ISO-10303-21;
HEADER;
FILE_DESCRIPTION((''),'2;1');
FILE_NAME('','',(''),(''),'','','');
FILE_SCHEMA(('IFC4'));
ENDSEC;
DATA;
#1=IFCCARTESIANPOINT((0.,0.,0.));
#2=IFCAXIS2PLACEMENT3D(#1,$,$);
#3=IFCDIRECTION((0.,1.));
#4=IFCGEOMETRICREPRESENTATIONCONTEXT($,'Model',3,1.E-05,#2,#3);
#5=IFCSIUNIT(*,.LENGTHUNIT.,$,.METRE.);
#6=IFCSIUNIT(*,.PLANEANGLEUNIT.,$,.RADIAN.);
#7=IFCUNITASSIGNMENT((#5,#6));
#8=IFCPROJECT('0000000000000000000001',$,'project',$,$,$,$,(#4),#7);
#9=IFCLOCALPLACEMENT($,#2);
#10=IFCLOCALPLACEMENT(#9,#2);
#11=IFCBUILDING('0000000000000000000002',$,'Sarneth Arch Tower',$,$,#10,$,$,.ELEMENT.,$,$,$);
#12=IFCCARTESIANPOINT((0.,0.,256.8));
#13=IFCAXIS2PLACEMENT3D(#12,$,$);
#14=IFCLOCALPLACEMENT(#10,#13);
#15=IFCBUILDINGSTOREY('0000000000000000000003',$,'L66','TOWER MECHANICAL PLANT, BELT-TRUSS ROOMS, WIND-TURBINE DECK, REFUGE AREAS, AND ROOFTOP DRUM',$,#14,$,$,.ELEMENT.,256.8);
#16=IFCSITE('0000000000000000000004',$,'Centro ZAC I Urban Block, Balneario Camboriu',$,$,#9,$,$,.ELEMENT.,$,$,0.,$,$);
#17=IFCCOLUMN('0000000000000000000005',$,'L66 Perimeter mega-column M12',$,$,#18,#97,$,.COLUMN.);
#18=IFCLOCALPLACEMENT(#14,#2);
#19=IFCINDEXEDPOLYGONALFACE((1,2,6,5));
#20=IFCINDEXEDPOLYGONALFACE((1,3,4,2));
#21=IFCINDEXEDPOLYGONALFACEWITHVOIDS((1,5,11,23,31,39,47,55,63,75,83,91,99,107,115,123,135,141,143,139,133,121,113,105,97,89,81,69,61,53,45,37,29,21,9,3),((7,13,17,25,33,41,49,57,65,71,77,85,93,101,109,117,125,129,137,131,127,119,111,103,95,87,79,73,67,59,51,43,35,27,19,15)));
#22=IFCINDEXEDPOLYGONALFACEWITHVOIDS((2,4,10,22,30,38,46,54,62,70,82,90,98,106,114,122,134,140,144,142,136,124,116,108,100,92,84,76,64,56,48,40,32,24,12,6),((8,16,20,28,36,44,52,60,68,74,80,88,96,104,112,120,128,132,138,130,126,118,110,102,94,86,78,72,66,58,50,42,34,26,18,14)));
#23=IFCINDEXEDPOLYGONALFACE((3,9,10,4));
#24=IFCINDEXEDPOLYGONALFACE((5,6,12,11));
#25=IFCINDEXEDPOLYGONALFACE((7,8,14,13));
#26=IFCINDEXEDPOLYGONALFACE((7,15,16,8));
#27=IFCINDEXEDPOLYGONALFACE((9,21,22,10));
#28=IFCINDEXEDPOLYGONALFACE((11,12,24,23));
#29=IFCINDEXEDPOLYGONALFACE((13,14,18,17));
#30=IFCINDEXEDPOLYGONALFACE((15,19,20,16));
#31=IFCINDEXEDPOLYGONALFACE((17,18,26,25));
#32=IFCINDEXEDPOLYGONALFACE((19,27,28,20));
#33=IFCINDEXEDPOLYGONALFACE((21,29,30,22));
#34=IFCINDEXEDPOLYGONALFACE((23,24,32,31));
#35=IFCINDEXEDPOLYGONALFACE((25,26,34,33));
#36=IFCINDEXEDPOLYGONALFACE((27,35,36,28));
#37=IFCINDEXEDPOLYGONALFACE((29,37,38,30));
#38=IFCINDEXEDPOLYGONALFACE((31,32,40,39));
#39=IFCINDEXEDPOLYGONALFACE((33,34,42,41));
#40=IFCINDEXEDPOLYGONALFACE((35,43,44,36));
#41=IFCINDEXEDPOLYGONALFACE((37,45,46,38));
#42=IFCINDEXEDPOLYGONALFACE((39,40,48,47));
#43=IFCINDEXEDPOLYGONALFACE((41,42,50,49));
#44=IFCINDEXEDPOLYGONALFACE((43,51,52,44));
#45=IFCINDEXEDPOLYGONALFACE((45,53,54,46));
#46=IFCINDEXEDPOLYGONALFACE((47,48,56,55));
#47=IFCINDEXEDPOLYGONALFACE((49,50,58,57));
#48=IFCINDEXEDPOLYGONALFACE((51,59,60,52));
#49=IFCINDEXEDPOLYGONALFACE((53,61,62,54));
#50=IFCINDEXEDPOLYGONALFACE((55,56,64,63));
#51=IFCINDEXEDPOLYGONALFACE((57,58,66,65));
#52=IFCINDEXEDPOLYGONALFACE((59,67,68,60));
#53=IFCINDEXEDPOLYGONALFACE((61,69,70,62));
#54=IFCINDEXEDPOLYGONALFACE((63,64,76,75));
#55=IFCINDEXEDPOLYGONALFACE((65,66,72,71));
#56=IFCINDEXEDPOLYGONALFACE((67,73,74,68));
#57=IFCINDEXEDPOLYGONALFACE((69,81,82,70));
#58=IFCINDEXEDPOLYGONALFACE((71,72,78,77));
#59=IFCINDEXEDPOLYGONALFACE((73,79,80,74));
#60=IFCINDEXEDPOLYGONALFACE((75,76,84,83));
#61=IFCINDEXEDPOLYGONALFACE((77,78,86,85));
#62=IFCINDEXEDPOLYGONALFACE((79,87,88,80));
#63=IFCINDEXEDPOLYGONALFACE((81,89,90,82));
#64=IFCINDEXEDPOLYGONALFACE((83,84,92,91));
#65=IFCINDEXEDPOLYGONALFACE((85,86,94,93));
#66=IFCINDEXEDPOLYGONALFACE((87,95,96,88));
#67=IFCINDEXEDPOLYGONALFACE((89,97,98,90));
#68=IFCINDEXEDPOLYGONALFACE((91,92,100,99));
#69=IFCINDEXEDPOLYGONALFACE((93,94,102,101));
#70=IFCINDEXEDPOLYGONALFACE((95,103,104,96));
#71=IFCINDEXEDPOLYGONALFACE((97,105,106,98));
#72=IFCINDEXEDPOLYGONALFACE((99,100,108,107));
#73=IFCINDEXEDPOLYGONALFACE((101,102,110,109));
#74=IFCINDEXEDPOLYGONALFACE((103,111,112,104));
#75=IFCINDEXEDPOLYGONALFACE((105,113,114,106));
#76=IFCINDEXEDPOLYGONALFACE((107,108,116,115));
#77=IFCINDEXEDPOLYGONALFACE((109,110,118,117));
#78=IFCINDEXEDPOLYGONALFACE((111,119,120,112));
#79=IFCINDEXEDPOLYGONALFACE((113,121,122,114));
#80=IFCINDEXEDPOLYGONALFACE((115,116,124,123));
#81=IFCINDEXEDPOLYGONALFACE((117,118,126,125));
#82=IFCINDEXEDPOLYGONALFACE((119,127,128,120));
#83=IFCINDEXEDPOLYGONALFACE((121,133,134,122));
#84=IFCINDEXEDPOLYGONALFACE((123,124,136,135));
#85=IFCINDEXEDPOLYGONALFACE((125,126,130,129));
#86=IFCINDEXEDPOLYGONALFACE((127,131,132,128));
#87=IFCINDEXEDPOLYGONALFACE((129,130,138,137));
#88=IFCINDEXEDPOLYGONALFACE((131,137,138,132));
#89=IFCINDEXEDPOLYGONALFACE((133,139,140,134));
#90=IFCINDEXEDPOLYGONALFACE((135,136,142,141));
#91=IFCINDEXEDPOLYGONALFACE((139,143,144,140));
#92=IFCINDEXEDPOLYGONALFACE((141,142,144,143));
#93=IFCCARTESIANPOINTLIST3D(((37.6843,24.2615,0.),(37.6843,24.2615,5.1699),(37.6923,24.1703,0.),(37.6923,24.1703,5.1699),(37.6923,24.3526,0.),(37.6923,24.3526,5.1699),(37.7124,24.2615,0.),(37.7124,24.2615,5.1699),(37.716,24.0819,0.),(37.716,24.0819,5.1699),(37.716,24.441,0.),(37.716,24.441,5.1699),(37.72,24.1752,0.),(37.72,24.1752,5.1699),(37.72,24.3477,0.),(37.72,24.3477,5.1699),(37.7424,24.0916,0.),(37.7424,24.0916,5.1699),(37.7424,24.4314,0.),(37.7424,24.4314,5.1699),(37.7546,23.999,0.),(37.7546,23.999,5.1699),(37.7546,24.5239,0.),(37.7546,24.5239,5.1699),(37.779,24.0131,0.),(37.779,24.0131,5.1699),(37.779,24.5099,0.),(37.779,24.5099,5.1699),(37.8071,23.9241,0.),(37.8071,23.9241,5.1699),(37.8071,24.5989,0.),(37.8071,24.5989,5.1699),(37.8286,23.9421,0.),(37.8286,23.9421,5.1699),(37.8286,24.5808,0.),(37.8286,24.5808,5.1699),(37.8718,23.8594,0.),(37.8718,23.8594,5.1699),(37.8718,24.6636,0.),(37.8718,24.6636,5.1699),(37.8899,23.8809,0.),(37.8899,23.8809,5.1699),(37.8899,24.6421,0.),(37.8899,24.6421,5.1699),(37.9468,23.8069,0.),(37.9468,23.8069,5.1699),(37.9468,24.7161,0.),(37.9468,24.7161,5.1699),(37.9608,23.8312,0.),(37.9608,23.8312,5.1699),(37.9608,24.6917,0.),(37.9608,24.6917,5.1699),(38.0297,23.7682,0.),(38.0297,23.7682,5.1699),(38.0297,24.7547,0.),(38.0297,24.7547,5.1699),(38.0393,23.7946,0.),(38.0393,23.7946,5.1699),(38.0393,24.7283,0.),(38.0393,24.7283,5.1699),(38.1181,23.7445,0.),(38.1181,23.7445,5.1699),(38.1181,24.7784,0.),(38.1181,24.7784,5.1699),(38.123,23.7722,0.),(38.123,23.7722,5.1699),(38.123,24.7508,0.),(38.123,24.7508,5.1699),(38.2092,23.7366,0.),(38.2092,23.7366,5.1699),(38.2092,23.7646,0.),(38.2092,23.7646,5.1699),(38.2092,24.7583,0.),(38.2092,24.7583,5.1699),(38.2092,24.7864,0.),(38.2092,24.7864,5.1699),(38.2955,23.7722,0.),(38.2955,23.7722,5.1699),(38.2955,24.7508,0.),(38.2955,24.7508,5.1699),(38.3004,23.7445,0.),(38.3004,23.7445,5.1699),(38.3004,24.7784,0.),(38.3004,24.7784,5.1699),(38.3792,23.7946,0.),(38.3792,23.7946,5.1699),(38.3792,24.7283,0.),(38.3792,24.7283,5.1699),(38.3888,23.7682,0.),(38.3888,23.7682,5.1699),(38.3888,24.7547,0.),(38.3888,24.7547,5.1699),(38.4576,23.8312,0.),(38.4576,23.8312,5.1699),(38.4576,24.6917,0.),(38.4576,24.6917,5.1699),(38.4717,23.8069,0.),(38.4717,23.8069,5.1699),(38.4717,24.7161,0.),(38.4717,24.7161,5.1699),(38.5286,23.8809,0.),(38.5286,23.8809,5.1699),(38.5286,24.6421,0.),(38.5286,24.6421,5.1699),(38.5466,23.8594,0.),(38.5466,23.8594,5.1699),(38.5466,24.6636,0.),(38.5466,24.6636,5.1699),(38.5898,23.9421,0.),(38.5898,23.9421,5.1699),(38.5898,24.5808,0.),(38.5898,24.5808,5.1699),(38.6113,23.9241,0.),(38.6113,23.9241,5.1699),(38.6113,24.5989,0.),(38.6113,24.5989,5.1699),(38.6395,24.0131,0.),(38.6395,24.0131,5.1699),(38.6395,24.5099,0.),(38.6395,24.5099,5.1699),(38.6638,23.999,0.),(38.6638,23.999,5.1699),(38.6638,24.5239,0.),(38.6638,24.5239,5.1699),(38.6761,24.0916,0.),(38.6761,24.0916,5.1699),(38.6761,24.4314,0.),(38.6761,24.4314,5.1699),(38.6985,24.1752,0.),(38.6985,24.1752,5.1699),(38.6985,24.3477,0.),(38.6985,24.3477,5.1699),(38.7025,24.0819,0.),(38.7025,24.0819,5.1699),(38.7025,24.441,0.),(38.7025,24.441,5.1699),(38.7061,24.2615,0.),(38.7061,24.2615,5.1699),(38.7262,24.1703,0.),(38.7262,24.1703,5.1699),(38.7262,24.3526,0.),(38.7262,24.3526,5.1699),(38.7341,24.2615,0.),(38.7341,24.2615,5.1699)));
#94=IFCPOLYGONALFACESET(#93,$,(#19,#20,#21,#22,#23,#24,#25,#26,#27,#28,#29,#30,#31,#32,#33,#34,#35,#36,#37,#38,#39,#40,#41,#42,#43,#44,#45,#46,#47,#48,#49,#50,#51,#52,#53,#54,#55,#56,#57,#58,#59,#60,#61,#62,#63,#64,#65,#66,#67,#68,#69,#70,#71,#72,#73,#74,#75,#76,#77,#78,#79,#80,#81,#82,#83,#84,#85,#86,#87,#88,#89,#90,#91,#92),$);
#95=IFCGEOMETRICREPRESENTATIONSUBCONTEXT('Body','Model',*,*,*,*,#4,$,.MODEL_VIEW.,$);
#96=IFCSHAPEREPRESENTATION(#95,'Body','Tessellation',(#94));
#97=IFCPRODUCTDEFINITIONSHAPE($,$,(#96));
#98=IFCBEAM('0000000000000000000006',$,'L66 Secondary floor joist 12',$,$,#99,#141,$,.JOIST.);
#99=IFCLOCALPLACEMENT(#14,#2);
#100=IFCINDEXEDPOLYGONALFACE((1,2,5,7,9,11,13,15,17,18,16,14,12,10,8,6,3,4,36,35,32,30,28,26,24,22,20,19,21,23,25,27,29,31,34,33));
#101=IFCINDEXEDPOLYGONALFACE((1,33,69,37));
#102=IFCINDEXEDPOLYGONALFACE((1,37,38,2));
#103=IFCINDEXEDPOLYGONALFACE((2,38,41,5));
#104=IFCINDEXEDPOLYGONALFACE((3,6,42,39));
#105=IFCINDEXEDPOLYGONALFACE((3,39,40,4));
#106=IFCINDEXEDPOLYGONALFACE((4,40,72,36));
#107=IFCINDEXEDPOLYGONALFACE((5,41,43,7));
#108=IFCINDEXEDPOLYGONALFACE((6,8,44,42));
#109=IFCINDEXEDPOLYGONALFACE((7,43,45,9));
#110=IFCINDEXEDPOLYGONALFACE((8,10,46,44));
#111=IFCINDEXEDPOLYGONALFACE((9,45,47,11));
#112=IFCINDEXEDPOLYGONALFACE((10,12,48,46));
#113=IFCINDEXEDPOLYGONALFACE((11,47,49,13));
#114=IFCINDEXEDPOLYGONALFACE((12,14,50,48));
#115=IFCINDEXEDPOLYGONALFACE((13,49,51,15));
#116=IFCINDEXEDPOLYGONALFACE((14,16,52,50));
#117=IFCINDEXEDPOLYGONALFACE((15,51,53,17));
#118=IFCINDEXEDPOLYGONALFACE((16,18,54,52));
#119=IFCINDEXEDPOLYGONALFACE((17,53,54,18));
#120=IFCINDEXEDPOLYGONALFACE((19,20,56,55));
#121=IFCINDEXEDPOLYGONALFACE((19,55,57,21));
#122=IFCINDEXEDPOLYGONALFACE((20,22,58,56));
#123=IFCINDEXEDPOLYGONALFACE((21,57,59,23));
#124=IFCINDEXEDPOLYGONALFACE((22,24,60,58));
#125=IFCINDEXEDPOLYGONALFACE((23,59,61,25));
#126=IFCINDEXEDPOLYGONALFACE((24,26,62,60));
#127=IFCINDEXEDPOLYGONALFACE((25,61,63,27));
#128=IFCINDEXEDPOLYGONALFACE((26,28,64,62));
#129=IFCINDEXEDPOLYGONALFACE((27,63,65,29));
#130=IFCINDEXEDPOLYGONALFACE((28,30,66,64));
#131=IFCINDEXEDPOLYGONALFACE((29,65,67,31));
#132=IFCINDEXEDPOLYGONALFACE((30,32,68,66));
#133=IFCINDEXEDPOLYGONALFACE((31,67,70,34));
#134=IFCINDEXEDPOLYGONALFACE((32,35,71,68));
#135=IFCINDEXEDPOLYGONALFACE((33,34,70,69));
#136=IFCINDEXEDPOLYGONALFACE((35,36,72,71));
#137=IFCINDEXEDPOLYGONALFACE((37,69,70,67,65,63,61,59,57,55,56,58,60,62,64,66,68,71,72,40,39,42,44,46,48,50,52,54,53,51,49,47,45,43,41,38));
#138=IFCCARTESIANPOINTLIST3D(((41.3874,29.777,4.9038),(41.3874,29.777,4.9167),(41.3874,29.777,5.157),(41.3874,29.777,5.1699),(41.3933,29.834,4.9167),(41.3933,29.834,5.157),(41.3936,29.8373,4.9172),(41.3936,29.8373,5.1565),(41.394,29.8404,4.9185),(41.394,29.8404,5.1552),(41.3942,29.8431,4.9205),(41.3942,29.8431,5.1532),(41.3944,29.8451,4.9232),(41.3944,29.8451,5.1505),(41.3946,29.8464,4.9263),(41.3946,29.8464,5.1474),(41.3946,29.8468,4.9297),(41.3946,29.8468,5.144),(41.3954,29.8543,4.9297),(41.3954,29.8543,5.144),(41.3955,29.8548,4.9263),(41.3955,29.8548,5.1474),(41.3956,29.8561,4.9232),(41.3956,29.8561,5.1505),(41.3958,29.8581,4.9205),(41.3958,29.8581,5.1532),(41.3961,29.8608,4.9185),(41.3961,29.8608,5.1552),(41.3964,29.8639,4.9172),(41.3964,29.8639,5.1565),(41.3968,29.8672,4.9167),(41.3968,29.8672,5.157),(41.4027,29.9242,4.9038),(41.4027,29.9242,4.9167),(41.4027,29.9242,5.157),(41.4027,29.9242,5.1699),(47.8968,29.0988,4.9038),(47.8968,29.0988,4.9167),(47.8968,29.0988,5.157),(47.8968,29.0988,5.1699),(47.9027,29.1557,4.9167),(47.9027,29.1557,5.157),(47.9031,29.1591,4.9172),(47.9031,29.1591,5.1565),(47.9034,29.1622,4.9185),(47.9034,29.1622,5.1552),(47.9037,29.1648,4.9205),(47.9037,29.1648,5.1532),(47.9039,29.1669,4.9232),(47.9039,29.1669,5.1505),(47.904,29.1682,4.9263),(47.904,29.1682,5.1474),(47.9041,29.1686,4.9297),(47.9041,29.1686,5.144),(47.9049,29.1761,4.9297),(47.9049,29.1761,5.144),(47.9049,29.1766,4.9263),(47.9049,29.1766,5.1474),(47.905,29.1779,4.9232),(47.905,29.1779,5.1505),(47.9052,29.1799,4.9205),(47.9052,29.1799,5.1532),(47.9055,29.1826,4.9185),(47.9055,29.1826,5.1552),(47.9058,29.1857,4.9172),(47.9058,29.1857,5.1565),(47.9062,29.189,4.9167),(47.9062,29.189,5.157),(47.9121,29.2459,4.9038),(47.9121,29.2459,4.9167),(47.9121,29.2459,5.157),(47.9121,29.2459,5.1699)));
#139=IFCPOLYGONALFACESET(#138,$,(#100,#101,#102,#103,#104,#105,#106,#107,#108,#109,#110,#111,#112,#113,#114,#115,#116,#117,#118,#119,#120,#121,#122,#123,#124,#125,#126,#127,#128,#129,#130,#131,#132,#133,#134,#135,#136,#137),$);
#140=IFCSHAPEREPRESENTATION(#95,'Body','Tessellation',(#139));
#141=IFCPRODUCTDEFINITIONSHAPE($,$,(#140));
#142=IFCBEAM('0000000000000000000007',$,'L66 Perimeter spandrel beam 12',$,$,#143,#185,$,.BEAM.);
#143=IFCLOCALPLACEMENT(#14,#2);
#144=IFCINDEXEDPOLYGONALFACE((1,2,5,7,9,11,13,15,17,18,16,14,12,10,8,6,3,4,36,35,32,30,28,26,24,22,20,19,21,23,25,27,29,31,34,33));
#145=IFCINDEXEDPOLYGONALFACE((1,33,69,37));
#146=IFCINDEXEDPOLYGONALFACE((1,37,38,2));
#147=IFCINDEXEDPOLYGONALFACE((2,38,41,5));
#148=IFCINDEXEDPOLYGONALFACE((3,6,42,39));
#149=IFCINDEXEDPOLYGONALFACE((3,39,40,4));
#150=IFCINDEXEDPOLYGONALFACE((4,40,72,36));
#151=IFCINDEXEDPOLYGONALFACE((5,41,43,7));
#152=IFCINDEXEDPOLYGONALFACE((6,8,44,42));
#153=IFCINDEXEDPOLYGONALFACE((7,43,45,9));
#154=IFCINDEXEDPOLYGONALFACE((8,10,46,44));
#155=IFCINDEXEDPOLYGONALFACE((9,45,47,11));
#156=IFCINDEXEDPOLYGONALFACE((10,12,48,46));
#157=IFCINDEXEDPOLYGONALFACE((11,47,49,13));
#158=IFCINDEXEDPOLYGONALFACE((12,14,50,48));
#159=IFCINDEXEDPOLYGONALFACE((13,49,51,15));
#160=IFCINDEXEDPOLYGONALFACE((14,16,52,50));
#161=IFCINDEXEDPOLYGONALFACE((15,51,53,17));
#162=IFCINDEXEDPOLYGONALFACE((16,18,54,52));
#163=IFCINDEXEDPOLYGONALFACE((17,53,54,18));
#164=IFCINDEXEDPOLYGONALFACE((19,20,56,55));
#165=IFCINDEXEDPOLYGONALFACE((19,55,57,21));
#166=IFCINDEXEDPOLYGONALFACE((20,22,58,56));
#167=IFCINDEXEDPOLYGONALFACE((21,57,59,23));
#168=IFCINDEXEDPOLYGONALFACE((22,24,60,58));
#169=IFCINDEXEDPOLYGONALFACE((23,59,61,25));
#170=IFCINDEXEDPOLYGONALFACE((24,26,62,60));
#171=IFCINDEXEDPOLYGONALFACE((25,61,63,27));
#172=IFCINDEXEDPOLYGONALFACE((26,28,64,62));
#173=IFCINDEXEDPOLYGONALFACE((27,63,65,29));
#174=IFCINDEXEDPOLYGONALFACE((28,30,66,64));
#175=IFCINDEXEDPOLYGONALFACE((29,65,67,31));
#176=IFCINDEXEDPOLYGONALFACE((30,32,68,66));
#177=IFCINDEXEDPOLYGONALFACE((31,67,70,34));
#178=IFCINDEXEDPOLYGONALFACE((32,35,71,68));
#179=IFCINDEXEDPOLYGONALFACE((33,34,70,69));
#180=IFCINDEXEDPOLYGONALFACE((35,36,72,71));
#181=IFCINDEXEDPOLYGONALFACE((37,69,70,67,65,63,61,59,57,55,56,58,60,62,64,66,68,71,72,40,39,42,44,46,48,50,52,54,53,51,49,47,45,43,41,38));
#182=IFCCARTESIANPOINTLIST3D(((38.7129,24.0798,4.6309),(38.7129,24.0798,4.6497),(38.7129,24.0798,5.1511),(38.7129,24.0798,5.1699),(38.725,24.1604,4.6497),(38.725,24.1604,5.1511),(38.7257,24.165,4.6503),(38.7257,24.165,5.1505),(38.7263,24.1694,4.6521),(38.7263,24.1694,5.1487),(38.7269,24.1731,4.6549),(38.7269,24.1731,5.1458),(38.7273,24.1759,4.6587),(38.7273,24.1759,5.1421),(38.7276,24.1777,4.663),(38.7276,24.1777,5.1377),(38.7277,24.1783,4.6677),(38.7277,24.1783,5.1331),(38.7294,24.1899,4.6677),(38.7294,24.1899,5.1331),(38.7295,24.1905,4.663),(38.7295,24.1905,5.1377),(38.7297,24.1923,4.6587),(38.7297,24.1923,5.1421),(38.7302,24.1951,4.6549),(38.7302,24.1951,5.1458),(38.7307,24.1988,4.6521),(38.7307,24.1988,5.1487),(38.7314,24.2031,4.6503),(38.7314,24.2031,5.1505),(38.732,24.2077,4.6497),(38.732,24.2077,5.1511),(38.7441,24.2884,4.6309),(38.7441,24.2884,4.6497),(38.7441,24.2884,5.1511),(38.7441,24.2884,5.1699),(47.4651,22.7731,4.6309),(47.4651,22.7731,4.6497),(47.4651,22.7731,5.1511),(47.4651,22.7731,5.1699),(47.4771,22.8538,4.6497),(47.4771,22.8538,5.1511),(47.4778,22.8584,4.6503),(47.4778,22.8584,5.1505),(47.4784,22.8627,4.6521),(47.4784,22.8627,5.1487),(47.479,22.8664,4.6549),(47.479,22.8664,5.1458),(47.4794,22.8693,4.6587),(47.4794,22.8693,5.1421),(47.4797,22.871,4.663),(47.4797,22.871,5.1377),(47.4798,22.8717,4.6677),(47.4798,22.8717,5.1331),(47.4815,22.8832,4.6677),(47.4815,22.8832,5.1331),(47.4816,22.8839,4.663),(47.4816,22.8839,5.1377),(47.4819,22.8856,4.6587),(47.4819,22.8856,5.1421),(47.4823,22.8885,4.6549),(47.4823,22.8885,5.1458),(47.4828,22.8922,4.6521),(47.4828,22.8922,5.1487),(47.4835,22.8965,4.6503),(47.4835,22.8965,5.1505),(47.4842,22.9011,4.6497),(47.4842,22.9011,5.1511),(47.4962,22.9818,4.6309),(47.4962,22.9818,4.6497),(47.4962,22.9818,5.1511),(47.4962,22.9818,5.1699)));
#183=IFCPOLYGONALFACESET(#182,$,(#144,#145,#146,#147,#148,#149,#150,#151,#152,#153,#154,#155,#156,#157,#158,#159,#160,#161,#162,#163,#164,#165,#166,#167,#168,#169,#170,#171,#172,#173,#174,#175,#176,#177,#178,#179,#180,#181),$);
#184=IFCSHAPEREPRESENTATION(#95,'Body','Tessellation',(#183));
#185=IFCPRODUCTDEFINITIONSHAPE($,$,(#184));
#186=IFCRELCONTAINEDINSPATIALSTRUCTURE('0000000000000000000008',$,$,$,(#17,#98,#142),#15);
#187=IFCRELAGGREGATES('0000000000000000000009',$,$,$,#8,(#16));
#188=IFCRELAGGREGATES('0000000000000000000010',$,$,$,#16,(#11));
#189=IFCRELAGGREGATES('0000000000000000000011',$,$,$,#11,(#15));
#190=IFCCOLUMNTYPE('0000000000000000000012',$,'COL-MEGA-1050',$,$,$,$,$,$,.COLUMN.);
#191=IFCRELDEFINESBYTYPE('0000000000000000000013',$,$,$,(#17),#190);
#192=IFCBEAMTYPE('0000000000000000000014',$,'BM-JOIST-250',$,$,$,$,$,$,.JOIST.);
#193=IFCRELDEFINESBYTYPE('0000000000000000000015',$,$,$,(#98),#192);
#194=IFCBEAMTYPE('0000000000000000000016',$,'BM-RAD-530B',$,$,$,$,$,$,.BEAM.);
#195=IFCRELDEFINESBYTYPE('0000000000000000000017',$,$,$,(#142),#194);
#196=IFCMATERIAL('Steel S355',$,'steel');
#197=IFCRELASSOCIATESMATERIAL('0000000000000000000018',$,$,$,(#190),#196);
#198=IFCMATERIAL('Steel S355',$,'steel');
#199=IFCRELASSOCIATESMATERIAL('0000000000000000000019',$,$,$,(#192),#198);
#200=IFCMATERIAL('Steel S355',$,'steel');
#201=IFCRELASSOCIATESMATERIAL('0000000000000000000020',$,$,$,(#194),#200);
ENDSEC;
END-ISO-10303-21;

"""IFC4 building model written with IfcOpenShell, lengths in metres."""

from ifc_helpers import new_model, si_unit, direction, frame, origin, origin_2d, place, context, subcontext, project, spatial, hollow_circle, i_section, extrude, material, material_profile, profile_set, type_object, element, save


model = new_model("IFC4")

# Units and contexts
model_context = context("Model", 3, precision=1e-05, world=origin(), true_north=direction((0.0, 1.0)))
body_context = subcontext(model_context, "Body", "Model", "MODEL_VIEW")
ifc_project = project(units=[si_unit("LENGTHUNIT", "METRE"), si_unit("PLANEANGLEUNIT", "RADIAN")], contexts=[model_context])

# Site, building, storey
site_placement = place(None, origin())
site = spatial("IfcSite", under=ifc_project, at=site_placement, Name="Centro ZAC I Urban Block, Balneario Camboriu", CompositionType="ELEMENT", RefElevation=0.0)
building_placement = place(site_placement, origin())
building = spatial("IfcBuilding", under=site, at=building_placement, Name="Sarneth Arch Tower", CompositionType="ELEMENT")
storey_placement = place(building_placement, frame((0.0, 0.0, 256.8)))
storey = spatial("IfcBuildingStorey", under=building, at=storey_placement, Name="L66", Description="TOWER MECHANICAL PLANT, BELT-TRUSS ROOMS, WIND-TURBINE DECK, REFUGE AREAS, AND ROOFTOP DRUM", CompositionType="ELEMENT", Elevation=256.8)

# Column
ifc_material_1 = material(Name="Steel S355", Category="steel")
ifc_material_profile_1 = material_profile(ifc_material_1, hollow_circle(Radius=0.5249, WallThickness=0.0281, at=origin_2d()), Name="CHS1050x28")
ifc_profile_set_1 = profile_set([ifc_material_profile_1], Name="Steel S355")
column_type = type_object("IfcColumnType", Name="COL-MEGA-1050", PredefinedType="COLUMN", material=ifc_profile_set_1)
column_placement = place(storey_placement, frame((38.2092, 24.2615, 0.0), z_axis=(0.0, 0.0, 1.0), x_axis=(1.0, 0.0, 0.0)))
element("IfcColumn", 1, at=column_placement, inside=storey, type_object=column_type, Name="L66 Perimeter mega-column M12", PredefinedType="COLUMN", context=body_context, shape_type="SweptSolid", body=[
    extrude(hollow_circle(Radius=0.5249, WallThickness=0.0281, at=origin_2d()), origin(), (0.0, 0.0, 1.0), 5.1699),
])

# Beams
ifc_material_2 = material(Name="Steel S355", Category="steel")
ifc_material_profile_2 = material_profile(ifc_material_2, i_section(OverallWidth=0.1479, OverallDepth=0.2661, WebThickness=0.0076, FlangeThickness=0.0129, FilletRadius=0.0129, at=origin_2d()), Name="W250x44.8")
ifc_profile_set_2 = profile_set([ifc_material_profile_2], Name="Steel S355")
beam_type_1 = type_object("IfcBeamType", Name="BM-JOIST-250", PredefinedType="JOIST", material=ifc_profile_set_2)
beam_1_placement = place(storey_placement, frame((41.395, 29.8506, 5.0369), z_axis=(0.994616, -0.103628, 0.0), x_axis=(0.103628, 0.994616, 0.0)))
element("IfcBeam", 2, at=beam_1_placement, inside=storey, type_object=beam_type_1, Name="L66 Secondary floor joist 12", PredefinedType="JOIST", context=body_context, shape_type="SweptSolid", body=[
    extrude(i_section(OverallWidth=0.1479, OverallDepth=0.2661, WebThickness=0.0076, FlangeThickness=0.0129, FilletRadius=0.0129, at=origin_2d()), origin(), (0.0, 0.0, 1.0), 6.5447),
])
ifc_material_3 = material(Name="Steel S355", Category="steel")
ifc_material_profile_3 = material_profile(ifc_material_3, i_section(OverallWidth=0.2109, OverallDepth=0.5391, WebThickness=0.0117, FlangeThickness=0.0188, FilletRadius=0.0181, at=origin_2d()), Name="W530x109")
ifc_profile_set_3 = profile_set([ifc_material_profile_3], Name="Steel S355")
beam_type_2 = type_object("IfcBeamType", Name="BM-RAD-530B", PredefinedType="BEAM", material=ifc_profile_set_3)
beam_2_placement = place(storey_placement, frame((38.7285, 24.1841, 4.9004), z_axis=(0.989039, -0.147656, 0.0), x_axis=(0.147656, 0.989039, 0.0)))
element("IfcBeam", 3, at=beam_2_placement, inside=storey, type_object=beam_type_2, Name="L66 Perimeter spandrel beam 12", PredefinedType="BEAM", context=body_context, shape_type="SweptSolid", body=[
    extrude(i_section(OverallWidth=0.2109, OverallDepth=0.5391, WebThickness=0.0117, FlangeThickness=0.0188, FilletRadius=0.0181, at=origin_2d()), origin(), (0.0, 0.0, 1.0), 8.8491),
])

save(model, "model.ifc")
